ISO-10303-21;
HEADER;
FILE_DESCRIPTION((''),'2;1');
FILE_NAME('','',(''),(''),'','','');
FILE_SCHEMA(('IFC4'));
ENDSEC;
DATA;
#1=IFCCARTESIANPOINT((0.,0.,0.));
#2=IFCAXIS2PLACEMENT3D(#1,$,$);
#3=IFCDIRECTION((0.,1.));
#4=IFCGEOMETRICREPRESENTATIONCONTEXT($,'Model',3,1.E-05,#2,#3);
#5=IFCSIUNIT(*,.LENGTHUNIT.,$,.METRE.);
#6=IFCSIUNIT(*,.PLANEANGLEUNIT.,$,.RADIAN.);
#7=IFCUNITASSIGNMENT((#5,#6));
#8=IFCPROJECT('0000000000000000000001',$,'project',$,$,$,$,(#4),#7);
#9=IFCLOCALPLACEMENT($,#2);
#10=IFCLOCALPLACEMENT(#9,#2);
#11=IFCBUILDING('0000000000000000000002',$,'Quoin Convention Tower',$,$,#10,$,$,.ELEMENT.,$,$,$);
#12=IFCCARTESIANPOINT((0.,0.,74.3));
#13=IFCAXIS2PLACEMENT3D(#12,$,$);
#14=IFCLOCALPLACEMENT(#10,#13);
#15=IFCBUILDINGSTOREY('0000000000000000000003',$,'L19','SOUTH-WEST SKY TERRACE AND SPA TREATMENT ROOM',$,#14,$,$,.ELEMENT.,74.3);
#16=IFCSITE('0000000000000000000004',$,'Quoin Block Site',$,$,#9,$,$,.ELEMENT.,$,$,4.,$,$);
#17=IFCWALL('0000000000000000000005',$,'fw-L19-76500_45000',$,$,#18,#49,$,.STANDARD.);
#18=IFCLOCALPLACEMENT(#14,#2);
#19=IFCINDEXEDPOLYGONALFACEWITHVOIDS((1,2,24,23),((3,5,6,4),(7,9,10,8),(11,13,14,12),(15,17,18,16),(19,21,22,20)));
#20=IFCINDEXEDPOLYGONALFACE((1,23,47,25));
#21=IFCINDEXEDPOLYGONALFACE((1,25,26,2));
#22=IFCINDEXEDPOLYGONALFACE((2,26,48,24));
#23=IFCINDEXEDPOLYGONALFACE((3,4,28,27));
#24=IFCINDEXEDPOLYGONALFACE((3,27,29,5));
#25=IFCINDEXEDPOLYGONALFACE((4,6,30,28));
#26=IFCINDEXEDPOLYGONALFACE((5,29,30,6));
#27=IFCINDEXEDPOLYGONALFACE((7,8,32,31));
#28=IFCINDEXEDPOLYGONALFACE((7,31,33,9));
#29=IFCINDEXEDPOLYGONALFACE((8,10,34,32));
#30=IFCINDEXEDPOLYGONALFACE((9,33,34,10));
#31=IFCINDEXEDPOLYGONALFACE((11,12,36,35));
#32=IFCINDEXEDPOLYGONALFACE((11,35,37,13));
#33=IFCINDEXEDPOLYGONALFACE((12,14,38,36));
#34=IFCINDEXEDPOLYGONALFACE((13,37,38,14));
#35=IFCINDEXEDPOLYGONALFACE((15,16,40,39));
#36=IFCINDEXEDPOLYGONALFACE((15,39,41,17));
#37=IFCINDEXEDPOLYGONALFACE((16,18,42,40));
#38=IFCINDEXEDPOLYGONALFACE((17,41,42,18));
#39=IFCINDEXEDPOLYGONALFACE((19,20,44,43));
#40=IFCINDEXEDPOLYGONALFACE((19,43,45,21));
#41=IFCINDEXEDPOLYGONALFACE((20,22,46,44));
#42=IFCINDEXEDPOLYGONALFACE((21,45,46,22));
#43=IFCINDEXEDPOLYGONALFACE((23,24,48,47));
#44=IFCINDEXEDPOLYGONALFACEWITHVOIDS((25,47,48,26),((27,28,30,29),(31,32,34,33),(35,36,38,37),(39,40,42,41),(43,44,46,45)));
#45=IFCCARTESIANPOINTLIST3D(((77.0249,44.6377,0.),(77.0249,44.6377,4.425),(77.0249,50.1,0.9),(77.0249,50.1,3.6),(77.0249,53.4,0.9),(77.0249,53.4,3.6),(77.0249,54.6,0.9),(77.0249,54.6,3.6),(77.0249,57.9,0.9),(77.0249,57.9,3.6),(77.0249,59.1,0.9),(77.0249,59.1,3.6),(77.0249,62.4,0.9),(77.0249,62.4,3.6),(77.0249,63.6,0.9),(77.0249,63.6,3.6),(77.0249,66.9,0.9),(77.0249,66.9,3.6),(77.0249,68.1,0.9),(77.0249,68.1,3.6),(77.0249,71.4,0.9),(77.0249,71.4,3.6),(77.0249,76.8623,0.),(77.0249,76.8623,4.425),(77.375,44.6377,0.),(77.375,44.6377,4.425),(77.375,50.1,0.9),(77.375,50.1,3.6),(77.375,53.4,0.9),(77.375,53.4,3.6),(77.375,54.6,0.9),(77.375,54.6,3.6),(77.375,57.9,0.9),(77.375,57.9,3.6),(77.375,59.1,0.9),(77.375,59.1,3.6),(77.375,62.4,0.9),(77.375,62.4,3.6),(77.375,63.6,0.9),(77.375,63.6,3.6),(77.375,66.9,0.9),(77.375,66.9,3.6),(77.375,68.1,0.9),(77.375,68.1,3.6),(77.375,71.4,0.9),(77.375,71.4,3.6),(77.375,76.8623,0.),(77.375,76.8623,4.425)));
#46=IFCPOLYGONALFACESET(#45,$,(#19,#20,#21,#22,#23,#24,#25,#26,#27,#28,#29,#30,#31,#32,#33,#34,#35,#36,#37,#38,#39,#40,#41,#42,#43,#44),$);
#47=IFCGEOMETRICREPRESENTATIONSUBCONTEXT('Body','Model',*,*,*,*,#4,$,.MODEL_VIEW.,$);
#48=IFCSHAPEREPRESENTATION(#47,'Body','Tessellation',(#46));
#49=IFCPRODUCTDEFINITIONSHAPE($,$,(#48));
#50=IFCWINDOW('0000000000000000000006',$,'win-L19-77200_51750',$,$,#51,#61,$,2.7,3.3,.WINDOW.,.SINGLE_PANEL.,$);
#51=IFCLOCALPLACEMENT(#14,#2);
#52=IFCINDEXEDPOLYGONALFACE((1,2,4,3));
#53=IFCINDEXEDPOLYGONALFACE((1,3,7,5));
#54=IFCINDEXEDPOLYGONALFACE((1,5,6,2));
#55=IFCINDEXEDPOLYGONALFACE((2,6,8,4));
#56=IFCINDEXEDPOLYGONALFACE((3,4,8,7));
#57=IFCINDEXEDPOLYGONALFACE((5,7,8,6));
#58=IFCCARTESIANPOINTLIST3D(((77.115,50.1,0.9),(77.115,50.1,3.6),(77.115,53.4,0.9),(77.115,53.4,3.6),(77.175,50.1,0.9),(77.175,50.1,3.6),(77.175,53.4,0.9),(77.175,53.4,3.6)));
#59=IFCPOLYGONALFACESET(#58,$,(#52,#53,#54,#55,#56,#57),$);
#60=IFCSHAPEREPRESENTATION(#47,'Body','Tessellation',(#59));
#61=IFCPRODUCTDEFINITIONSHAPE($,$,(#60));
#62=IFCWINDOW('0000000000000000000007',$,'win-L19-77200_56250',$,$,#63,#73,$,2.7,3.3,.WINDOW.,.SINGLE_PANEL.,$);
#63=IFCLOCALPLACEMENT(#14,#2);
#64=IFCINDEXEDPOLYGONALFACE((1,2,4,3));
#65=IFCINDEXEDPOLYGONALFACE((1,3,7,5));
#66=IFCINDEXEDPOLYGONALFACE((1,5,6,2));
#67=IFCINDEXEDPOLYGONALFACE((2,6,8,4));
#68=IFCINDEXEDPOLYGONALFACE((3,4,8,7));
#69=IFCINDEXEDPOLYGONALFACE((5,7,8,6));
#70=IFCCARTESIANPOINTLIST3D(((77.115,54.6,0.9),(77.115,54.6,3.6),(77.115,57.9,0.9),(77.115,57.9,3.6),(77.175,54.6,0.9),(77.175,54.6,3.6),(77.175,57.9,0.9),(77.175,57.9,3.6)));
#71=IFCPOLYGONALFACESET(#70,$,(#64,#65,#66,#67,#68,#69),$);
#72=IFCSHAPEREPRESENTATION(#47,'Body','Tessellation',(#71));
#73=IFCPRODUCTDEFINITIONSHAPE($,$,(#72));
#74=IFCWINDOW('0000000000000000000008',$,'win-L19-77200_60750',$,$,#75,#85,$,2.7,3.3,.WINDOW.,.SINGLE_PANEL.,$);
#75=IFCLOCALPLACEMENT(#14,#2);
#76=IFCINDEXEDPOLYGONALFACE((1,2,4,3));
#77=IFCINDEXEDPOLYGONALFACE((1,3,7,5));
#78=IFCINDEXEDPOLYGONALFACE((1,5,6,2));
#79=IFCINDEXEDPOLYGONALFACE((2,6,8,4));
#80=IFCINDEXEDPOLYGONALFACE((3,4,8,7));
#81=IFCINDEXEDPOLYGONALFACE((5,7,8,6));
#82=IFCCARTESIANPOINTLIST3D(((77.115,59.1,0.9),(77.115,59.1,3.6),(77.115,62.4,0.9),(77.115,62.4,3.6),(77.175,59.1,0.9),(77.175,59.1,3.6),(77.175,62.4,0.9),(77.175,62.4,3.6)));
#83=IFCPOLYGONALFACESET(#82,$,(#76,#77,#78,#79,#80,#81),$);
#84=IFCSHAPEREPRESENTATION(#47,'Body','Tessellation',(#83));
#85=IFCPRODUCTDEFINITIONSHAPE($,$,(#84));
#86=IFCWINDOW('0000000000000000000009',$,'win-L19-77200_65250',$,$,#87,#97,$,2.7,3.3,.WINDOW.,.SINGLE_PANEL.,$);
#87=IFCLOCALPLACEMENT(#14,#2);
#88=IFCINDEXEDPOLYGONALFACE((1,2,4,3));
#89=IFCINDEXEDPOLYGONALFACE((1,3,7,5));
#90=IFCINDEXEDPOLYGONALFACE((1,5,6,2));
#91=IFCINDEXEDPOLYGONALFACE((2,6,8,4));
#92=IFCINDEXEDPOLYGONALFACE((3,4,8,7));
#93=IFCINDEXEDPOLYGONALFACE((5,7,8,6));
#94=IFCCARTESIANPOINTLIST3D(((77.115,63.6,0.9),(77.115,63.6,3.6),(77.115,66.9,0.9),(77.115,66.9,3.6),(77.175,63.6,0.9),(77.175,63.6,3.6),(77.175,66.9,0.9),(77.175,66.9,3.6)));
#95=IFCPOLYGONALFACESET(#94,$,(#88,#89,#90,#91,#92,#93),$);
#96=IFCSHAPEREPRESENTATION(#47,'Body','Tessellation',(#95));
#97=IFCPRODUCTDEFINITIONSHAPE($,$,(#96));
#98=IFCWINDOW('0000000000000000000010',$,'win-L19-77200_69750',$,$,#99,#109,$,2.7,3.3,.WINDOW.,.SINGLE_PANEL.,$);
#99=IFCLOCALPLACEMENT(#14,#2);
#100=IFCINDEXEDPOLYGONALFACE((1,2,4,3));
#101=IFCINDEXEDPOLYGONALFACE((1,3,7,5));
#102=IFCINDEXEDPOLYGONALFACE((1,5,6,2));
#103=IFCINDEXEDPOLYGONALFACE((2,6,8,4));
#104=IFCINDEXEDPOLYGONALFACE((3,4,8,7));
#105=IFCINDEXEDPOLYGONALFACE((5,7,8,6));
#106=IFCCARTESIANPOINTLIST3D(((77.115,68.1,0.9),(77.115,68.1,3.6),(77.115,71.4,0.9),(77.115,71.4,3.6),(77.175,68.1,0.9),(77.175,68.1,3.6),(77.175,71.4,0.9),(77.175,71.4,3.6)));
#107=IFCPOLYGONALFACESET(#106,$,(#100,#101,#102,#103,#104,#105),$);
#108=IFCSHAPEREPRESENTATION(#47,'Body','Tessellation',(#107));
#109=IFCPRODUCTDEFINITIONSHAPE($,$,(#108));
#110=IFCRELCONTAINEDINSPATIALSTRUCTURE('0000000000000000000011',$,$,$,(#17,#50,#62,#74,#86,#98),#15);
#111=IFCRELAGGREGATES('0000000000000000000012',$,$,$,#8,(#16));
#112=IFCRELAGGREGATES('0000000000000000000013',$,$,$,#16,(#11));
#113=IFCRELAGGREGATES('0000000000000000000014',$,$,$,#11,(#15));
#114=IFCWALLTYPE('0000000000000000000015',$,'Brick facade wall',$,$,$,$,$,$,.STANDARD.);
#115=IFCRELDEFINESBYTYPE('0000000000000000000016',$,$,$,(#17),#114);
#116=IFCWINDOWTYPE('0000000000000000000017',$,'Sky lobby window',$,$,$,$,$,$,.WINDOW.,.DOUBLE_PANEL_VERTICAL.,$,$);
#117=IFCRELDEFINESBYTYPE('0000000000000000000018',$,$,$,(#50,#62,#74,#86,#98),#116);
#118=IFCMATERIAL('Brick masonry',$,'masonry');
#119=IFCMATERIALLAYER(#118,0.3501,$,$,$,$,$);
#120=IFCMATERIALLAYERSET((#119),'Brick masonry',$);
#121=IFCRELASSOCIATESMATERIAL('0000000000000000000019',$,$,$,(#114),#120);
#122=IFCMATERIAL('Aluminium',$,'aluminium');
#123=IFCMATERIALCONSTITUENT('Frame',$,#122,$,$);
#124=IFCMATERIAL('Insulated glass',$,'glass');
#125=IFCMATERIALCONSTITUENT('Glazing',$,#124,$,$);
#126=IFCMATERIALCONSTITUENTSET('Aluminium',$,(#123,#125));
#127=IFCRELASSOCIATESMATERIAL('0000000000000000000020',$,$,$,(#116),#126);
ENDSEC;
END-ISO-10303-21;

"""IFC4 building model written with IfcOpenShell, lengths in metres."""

from ifc_helpers import new_model, si_unit, direction, frame, frame_2d, origin, place, context, subcontext, project, spatial, rectangle, extrude, material, layer, layer_set, constituent, constituent_set, type_object, element, fill, save


model = new_model("IFC4")

# Units and contexts
model_context = context("Model", 3, precision=1e-05, world=origin(), true_north=direction((0.0, 1.0)))
body_context = subcontext(model_context, "Body", "Model", "MODEL_VIEW")
ifc_project = project(units=[si_unit("LENGTHUNIT", "METRE"), si_unit("PLANEANGLEUNIT", "RADIAN")], contexts=[model_context])

# Site, building, storey
site_placement = place(None, origin())
site = spatial("IfcSite", under=ifc_project, at=site_placement, Name="Quoin Block Site", CompositionType="ELEMENT", RefElevation=4.0)
building_placement = place(site_placement, origin())
building = spatial("IfcBuilding", under=site, at=building_placement, Name="Quoin Convention Tower", CompositionType="ELEMENT")
storey_placement = place(building_placement, frame((0.0, 0.0, 74.3)))
storey = spatial("IfcBuildingStorey", under=building, at=storey_placement, Name="L19", Description="SOUTH-WEST SKY TERRACE AND SPA TREATMENT ROOM", CompositionType="ELEMENT", Elevation=74.3)

# Wall, openings, windows
ifc_material_1 = material(Name="Brick masonry", Category="masonry")
ifc_layer_1 = layer(ifc_material_1, 0.3501)
ifc_layer_set_1 = layer_set([ifc_layer_1], Name="Brick masonry")
wall_type_1 = type_object("IfcWallType", Name="Brick facade wall", PredefinedType="STANDARD", material=ifc_layer_set_1)
wall_1_placement = place(storey_placement, frame((77.2, 44.6377, 0.0), z_axis=(0.0, 0.0, 1.0), x_axis=(0.0, 1.0, 0.0)))
wall_1 = element("IfcWall", 1, at=wall_1_placement, inside=storey, type_object=wall_type_1, Name="fw-L19-76500_45000", PredefinedType="STANDARD", context=body_context, shape_type="SweptSolid", body=[
    extrude(rectangle(XDim=32.2246, YDim=0.3501, at=frame_2d((16.1123, 0.0))), origin(), (0.0, 0.0, 1.0), 4.425),
])
opening_1_placement = place(wall_1_placement, frame((5.4624, 0.0, 0.8999)))
opening_1 = element("IfcOpeningElement", 2, at=opening_1_placement, cuts=wall_1, PredefinedType="OPENING", context=body_context, shape_type="SweptSolid", body=[
    extrude(rectangle(XDim=3.3, YDim=2.7, at=frame_2d((1.6499, 1.3501))), frame((0.0, 0.1851, 0.0), z_axis=(0.0, -1.0, 0.0), x_axis=(1.0, 0.0, 0.0)), (0.0, 0.0, 1.0), 0.3701),
])
opening_2_placement = place(wall_1_placement, frame((9.9624, 0.0, 0.8999)))
opening_2 = element("IfcOpeningElement", 3, at=opening_2_placement, cuts=wall_1, PredefinedType="OPENING", context=body_context, shape_type="SweptSolid", body=[
    extrude(rectangle(XDim=3.3, YDim=2.7, at=frame_2d((1.6499, 1.3501))), frame((0.0, 0.1851, 0.0), z_axis=(0.0, -1.0, 0.0), x_axis=(1.0, 0.0, 0.0)), (0.0, 0.0, 1.0), 0.3701),
])
opening_3_placement = place(wall_1_placement, frame((14.4624, 0.0, 0.8999)))
opening_3 = element("IfcOpeningElement", 4, at=opening_3_placement, cuts=wall_1, PredefinedType="OPENING", context=body_context, shape_type="SweptSolid", body=[
    extrude(rectangle(XDim=3.3, YDim=2.7, at=frame_2d((1.6499, 1.3501))), frame((0.0, 0.1851, 0.0), z_axis=(0.0, -1.0, 0.0), x_axis=(1.0, 0.0, 0.0)), (0.0, 0.0, 1.0), 0.3701),
])
opening_4_placement = place(wall_1_placement, frame((18.9624, 0.0, 0.8999)))
opening_4 = element("IfcOpeningElement", 5, at=opening_4_placement, cuts=wall_1, PredefinedType="OPENING", context=body_context, shape_type="SweptSolid", body=[
    extrude(rectangle(XDim=3.3, YDim=2.7, at=frame_2d((1.6499, 1.3501))), frame((0.0, 0.1851, 0.0), z_axis=(0.0, -1.0, 0.0), x_axis=(1.0, 0.0, 0.0)), (0.0, 0.0, 1.0), 0.3701),
])
opening_5_placement = place(wall_1_placement, frame((23.4624, 0.0, 0.8999)))
opening_5 = element("IfcOpeningElement", 6, at=opening_5_placement, cuts=wall_1, PredefinedType="OPENING", context=body_context, shape_type="SweptSolid", body=[
    extrude(rectangle(XDim=3.3, YDim=2.7, at=frame_2d((1.6499, 1.3501))), frame((0.0, 0.1851, 0.0), z_axis=(0.0, -1.0, 0.0), x_axis=(1.0, 0.0, 0.0)), (0.0, 0.0, 1.0), 0.3701),
])
ifc_material_2 = material(Name="Aluminium", Category="aluminium")
ifc_constituent_1 = constituent(ifc_material_2, Name="Frame")
ifc_material_3 = material(Name="Insulated glass", Category="glass")
ifc_constituent_2 = constituent(ifc_material_3, Name="Glazing")
ifc_constituent_set = constituent_set(constituents=[ifc_constituent_1, ifc_constituent_2], Name="Aluminium")
window_type = type_object("IfcWindowType", Name="Sky lobby window", PartitioningType="DOUBLE_PANEL_VERTICAL", PredefinedType="WINDOW", material=ifc_constituent_set)
window_1_placement = place(opening_1_placement, origin())
window_1 = element("IfcWindow", 7, at=window_1_placement, inside=storey, type_object=window_type, Name="win-L19-77200_51750", OverallHeight=2.7, OverallWidth=3.3, PartitioningType="SINGLE_PANEL", PredefinedType="WINDOW", context=body_context, shape_type="SweptSolid", body=[
    extrude(rectangle(XDim=3.3, YDim=2.7, at=frame_2d((1.6499, 1.3501))), frame((0.0, 0.085, 0.0), z_axis=(0.0, -1.0, 0.0), x_axis=(1.0, 0.0, 0.0)), (0.0, 0.0, 1.0), 0.0601),
])
fill(opening_1, window_1)
window_2_placement = place(opening_2_placement, origin())
window_2 = element("IfcWindow", 8, at=window_2_placement, inside=storey, type_object=window_type, Name="win-L19-77200_56250", OverallHeight=2.7, OverallWidth=3.3, PartitioningType="SINGLE_PANEL", PredefinedType="WINDOW", context=body_context, shape_type="SweptSolid", body=[
    extrude(rectangle(XDim=3.3, YDim=2.7, at=frame_2d((1.6499, 1.3501))), frame((0.0, 0.085, 0.0), z_axis=(0.0, -1.0, 0.0), x_axis=(1.0, 0.0, 0.0)), (0.0, 0.0, 1.0), 0.0601),
])
fill(opening_2, window_2)
window_3_placement = place(opening_3_placement, origin())
window_3 = element("IfcWindow", 9, at=window_3_placement, inside=storey, type_object=window_type, Name="win-L19-77200_60750", OverallHeight=2.7, OverallWidth=3.3, PartitioningType="SINGLE_PANEL", PredefinedType="WINDOW", context=body_context, shape_type="SweptSolid", body=[
    extrude(rectangle(XDim=3.3, YDim=2.7, at=frame_2d((1.6499, 1.3501))), frame((0.0, 0.085, 0.0), z_axis=(0.0, -1.0, 0.0), x_axis=(1.0, 0.0, 0.0)), (0.0, 0.0, 1.0), 0.0601),
])
fill(opening_3, window_3)
window_4_placement = place(opening_4_placement, origin())
window_4 = element("IfcWindow", 10, at=window_4_placement, inside=storey, type_object=window_type, Name="win-L19-77200_65250", OverallHeight=2.7, OverallWidth=3.3, PartitioningType="SINGLE_PANEL", PredefinedType="WINDOW", context=body_context, shape_type="SweptSolid", body=[
    extrude(rectangle(XDim=3.3, YDim=2.7, at=frame_2d((1.6499, 1.3501))), frame((0.0, 0.085, 0.0), z_axis=(0.0, -1.0, 0.0), x_axis=(1.0, 0.0, 0.0)), (0.0, 0.0, 1.0), 0.0601),
])
fill(opening_4, window_4)
window_5_placement = place(opening_5_placement, origin())
window_5 = element("IfcWindow", 11, at=window_5_placement, inside=storey, type_object=window_type, Name="win-L19-77200_69750", OverallHeight=2.7, OverallWidth=3.3, PartitioningType="SINGLE_PANEL", PredefinedType="WINDOW", context=body_context, shape_type="SweptSolid", body=[
    extrude(rectangle(XDim=3.3, YDim=2.7, at=frame_2d((1.6499, 1.3501))), frame((0.0, 0.085, 0.0), z_axis=(0.0, -1.0, 0.0), x_axis=(1.0, 0.0, 0.0)), (0.0, 0.0, 1.0), 0.0601),
])
fill(opening_5, window_5)

save(model, "model.ifc")
